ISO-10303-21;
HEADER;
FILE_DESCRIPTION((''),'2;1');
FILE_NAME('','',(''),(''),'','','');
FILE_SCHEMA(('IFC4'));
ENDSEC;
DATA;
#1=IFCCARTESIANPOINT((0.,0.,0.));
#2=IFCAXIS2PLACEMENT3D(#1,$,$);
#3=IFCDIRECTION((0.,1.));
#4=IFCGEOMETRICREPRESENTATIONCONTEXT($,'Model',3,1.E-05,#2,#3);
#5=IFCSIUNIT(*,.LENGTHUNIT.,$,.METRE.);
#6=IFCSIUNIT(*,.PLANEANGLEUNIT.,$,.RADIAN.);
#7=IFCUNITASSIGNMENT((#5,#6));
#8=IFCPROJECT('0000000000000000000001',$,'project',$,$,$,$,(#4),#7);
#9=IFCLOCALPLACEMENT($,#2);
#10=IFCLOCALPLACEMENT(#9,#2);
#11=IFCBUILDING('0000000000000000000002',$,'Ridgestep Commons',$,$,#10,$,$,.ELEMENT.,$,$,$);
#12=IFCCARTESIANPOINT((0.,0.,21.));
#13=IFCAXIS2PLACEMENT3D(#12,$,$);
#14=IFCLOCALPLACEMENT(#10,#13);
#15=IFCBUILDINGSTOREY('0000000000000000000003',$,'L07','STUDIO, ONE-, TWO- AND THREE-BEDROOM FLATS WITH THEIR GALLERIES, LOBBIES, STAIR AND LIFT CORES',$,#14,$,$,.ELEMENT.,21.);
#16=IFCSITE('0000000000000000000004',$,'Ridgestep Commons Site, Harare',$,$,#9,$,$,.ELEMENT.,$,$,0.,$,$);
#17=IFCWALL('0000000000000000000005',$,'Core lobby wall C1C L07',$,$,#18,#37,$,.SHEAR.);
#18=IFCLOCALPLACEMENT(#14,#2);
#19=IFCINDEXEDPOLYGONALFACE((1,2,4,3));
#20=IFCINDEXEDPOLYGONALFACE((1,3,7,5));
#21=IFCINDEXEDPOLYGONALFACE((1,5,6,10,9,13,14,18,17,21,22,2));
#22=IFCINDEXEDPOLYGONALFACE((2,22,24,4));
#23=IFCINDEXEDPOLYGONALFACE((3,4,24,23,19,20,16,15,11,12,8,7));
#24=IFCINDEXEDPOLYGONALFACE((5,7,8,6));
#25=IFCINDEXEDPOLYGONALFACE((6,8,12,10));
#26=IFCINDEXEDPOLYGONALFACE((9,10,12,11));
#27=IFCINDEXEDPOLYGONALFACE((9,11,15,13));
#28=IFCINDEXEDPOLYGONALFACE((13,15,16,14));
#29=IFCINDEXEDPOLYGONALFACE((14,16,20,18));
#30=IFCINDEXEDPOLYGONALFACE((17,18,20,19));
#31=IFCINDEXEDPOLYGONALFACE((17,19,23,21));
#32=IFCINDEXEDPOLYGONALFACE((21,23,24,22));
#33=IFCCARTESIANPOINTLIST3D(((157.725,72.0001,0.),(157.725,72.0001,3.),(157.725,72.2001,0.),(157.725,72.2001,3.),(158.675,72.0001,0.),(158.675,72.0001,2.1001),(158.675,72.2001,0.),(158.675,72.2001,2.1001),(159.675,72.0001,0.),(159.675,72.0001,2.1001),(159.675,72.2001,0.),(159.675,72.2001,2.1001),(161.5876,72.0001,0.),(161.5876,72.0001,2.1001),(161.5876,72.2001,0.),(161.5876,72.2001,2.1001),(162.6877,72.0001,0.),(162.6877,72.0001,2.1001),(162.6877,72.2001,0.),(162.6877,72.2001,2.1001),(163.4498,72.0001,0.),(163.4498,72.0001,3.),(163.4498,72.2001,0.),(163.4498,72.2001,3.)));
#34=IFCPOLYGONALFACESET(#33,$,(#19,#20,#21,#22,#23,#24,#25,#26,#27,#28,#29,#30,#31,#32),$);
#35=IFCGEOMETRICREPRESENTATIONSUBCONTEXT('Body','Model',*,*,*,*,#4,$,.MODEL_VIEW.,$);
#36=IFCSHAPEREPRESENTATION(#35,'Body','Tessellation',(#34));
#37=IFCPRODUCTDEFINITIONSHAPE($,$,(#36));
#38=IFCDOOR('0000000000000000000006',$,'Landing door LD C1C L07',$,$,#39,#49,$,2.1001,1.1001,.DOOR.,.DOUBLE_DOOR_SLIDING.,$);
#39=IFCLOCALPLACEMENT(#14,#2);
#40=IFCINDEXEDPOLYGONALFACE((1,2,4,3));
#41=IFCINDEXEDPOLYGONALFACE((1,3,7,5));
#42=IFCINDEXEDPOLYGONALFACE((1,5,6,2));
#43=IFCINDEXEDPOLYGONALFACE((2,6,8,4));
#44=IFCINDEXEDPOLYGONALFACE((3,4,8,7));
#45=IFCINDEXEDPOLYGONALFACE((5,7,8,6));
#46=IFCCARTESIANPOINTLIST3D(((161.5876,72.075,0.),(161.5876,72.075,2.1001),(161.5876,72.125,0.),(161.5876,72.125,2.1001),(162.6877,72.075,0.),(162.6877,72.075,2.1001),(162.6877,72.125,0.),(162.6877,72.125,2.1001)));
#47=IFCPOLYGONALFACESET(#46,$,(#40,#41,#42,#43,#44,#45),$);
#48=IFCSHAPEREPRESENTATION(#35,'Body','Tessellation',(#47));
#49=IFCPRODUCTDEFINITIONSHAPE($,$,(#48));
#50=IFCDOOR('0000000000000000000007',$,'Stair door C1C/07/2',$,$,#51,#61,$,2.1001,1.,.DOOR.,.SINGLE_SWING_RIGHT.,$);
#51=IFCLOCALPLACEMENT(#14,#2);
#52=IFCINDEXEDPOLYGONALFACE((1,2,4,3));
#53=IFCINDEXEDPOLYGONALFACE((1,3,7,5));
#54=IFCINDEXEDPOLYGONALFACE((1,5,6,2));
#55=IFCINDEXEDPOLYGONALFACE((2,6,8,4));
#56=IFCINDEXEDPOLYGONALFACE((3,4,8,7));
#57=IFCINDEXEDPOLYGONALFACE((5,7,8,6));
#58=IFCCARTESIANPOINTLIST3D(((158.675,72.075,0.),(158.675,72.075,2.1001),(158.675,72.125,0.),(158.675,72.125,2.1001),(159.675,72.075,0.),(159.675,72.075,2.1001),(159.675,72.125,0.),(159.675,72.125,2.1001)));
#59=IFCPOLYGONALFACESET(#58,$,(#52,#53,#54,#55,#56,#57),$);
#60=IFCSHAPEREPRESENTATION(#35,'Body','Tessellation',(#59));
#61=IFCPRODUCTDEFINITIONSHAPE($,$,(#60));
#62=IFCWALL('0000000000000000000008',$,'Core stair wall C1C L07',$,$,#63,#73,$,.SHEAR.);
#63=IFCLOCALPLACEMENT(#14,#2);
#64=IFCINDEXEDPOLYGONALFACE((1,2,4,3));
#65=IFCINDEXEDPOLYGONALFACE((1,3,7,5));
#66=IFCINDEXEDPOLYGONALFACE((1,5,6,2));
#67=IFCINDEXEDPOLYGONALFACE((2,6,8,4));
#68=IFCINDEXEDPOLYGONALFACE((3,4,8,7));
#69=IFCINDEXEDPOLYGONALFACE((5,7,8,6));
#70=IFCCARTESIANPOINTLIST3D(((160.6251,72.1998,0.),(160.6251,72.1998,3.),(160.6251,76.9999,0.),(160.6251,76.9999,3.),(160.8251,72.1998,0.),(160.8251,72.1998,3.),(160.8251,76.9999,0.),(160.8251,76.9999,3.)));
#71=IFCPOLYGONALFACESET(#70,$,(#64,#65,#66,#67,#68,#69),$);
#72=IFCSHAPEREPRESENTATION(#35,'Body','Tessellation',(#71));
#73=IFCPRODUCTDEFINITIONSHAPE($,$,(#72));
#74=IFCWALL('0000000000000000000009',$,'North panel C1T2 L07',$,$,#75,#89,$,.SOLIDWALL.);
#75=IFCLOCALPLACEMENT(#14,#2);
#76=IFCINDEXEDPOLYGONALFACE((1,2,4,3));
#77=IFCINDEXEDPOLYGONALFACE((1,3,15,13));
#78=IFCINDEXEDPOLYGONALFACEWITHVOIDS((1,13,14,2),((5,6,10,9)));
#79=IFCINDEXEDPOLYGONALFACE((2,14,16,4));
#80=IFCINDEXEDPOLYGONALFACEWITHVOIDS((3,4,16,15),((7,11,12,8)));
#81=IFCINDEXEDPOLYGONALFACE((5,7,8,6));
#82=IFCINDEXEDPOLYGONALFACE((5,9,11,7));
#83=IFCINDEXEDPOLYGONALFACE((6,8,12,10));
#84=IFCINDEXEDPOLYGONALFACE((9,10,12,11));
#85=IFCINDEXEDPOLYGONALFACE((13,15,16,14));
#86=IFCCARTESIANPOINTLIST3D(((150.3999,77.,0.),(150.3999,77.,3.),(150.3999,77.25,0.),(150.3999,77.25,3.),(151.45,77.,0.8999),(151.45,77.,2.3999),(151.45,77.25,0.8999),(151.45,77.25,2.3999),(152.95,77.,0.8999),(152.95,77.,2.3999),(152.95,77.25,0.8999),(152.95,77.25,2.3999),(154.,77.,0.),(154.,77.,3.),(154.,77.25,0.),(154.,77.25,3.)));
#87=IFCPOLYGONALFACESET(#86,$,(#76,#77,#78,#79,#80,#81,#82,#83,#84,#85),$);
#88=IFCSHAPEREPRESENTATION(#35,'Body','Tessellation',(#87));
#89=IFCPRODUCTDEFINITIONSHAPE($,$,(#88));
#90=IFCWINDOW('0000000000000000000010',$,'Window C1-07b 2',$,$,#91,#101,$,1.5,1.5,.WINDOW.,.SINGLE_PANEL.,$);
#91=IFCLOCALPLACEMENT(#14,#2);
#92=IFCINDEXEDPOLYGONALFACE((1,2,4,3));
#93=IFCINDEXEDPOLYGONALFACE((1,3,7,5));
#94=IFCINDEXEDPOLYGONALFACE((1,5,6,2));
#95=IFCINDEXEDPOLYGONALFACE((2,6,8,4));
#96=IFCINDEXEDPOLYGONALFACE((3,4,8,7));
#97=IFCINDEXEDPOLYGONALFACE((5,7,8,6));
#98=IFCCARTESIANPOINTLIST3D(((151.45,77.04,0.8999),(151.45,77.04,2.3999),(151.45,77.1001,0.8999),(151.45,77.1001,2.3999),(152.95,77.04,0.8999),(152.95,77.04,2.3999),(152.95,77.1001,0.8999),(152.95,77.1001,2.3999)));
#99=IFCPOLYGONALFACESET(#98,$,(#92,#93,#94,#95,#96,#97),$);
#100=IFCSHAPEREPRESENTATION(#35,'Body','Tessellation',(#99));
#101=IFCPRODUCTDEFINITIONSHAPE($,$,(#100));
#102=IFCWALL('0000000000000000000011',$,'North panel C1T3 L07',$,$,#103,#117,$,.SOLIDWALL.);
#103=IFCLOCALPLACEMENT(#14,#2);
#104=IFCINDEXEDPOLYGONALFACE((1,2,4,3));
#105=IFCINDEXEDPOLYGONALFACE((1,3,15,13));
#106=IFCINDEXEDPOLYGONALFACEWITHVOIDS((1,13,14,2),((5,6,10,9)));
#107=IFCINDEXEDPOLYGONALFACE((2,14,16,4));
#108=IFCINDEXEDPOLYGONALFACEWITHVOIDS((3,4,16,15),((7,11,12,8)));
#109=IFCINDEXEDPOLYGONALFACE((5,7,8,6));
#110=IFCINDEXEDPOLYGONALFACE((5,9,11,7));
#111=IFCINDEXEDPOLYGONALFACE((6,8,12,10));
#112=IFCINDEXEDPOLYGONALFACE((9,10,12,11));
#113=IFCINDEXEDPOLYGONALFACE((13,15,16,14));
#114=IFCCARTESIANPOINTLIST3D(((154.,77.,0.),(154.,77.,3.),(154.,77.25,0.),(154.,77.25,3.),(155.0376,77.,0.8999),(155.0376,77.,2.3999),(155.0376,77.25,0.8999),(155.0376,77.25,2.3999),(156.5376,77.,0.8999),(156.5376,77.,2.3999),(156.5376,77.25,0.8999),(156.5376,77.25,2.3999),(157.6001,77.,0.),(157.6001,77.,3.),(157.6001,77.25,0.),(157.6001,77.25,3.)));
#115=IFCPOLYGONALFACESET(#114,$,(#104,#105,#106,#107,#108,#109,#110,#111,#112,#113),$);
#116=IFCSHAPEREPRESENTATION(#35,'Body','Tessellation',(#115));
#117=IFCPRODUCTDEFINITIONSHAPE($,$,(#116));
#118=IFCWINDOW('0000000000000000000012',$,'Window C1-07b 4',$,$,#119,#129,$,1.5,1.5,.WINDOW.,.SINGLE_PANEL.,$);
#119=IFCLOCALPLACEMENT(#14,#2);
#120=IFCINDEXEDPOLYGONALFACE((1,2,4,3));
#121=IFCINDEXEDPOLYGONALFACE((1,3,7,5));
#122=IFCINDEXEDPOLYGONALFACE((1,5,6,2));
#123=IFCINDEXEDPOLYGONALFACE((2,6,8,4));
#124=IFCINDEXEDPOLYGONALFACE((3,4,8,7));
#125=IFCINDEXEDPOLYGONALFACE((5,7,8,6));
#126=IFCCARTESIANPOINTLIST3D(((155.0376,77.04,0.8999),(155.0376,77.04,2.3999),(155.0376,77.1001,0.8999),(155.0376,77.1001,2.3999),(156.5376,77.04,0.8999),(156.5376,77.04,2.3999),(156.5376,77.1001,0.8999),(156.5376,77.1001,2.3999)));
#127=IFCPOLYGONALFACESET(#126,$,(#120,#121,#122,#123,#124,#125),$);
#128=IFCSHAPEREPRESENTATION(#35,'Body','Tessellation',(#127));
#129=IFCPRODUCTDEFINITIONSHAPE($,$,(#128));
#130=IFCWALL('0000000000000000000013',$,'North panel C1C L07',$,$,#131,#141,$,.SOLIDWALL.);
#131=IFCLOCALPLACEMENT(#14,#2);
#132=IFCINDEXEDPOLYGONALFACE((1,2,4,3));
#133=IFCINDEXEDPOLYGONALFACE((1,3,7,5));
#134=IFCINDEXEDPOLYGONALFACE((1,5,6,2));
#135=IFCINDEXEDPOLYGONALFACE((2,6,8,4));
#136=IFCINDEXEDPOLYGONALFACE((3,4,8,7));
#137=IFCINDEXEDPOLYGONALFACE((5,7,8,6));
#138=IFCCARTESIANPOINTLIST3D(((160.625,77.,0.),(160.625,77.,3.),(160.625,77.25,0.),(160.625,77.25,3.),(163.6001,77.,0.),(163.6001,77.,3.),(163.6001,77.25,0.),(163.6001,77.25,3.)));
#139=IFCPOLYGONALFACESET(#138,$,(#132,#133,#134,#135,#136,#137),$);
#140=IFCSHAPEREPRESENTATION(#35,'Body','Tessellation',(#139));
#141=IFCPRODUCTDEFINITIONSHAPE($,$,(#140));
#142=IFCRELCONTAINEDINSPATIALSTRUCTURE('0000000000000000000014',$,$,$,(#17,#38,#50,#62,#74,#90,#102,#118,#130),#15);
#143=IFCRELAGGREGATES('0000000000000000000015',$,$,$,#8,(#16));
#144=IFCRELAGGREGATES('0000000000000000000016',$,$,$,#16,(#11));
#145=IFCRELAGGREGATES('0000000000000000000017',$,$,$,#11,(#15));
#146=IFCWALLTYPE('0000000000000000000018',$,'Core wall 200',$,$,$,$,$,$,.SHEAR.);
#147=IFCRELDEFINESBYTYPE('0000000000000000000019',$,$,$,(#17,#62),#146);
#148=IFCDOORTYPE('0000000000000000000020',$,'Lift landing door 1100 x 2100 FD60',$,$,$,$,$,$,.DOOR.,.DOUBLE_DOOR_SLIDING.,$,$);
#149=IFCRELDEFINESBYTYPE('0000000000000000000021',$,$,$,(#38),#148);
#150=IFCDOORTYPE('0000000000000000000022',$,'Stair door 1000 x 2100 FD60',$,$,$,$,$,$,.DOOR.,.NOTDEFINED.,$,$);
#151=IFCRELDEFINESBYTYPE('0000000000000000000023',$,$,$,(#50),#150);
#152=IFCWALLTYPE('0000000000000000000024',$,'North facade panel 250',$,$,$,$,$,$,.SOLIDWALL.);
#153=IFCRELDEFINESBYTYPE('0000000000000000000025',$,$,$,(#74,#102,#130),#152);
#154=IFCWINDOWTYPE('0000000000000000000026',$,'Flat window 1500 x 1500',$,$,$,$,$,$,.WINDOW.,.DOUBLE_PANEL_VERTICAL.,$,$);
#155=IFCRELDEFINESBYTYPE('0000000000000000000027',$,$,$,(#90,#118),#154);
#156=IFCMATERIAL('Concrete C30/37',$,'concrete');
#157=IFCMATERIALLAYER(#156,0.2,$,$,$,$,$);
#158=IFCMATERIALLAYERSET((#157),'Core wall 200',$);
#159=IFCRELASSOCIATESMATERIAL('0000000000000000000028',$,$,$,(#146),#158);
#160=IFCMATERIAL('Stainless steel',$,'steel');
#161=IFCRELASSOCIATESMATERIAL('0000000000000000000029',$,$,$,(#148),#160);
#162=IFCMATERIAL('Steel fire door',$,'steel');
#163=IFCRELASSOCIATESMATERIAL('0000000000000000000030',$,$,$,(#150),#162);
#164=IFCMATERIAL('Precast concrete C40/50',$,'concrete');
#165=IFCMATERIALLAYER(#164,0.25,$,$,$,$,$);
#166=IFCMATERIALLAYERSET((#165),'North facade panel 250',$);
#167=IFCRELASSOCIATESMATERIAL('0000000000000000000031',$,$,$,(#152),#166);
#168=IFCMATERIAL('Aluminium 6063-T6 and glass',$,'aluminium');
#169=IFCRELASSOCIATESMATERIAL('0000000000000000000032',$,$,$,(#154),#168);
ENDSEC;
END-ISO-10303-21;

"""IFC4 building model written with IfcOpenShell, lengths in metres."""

from ifc_helpers import new_model, si_unit, direction, frame, frame_2d, origin, place, context, subcontext, project, spatial, rectangle, extrude, material, layer, layer_set, type_object, element, fill, save


model = new_model("IFC4")

# Units and contexts
model_context = context("Model", 3, precision=1e-05, world=origin(), true_north=direction((0.0, 1.0)))
body_context = subcontext(model_context, "Body", "Model", "MODEL_VIEW")
ifc_project = project(units=[si_unit("LENGTHUNIT", "METRE"), si_unit("PLANEANGLEUNIT", "RADIAN")], contexts=[model_context])

# Site, building, storey
site_placement = place(None, origin())
site = spatial("IfcSite", under=ifc_project, at=site_placement, Name="Ridgestep Commons Site, Harare", CompositionType="ELEMENT", RefElevation=0.0)
building_placement = place(site_placement, origin())
building = spatial("IfcBuilding", under=site, at=building_placement, Name="Ridgestep Commons", CompositionType="ELEMENT")
storey_placement = place(building_placement, frame((0.0, 0.0, 21.0)))
storey = spatial("IfcBuildingStorey", under=building, at=storey_placement, Name="L07", Description="STUDIO, ONE-, TWO- AND THREE-BEDROOM FLATS WITH THEIR GALLERIES, LOBBIES, STAIR AND LIFT CORES", CompositionType="ELEMENT", Elevation=21.0)

# Wall, openings, doors
ifc_material_1 = material(Name="Concrete C30/37", Category="concrete")
ifc_layer_1 = layer(ifc_material_1, 0.2)
ifc_layer_set_1 = layer_set([ifc_layer_1], Name="Core wall 200")
wall_type_1 = type_object("IfcWallType", Name="Core wall 200", PredefinedType="SHEAR", material=ifc_layer_set_1)
wall_1_placement = place(storey_placement, frame((157.7251, 72.1001, 0.0), z_axis=(0.0, 0.0, 1.0), x_axis=(1.0, 0.0, 0.0)))
wall_1 = element("IfcWall", 1, at=wall_1_placement, inside=storey, type_object=wall_type_1, Name="Core lobby wall C1C L07", PredefinedType="SHEAR", context=body_context, shape_type="SweptSolid", body=[
    extrude(rectangle(XDim=5.7249, YDim=0.2, at=frame_2d((2.8623, 0.0))), origin(), (0.0, 0.0, 1.0), 3.0),
])
opening_1_placement = place(wall_1_placement, frame((0.95, 0.0, 0.0)))
opening_1 = element("IfcOpeningElement", 2, at=opening_1_placement, cuts=wall_1, PredefinedType="OPENING", context=body_context, shape_type="SweptSolid", body=[
    extrude(rectangle(XDim=1.0, YDim=2.1001, at=frame_2d((0.5, 1.05))), frame((0.0, 0.1099, 0.0), z_axis=(0.0, -1.0, 0.0), x_axis=(1.0, 0.0, 0.0)), (0.0, 0.0, 1.0), 0.22),
])
opening_2_placement = place(wall_1_placement, frame((3.8625, 0.0, 0.0)))
opening_2 = element("IfcOpeningElement", 3, at=opening_2_placement, cuts=wall_1, PredefinedType="OPENING", context=body_context, shape_type="SweptSolid", body=[
    extrude(rectangle(XDim=1.1001, YDim=2.1001, at=frame_2d((0.55, 1.05))), frame((0.0, 0.1099, 0.0), z_axis=(0.0, -1.0, 0.0), x_axis=(1.0, 0.0, 0.0)), (0.0, 0.0, 1.0), 0.22),
])
ifc_material_2 = material(Name="Stainless steel", Category="steel")
door_type_1 = type_object("IfcDoorType", Name="Lift landing door 1100 x 2100 FD60", OperationType="DOUBLE_DOOR_SLIDING", PredefinedType="DOOR", material=ifc_material_2)
door_1_placement = place(opening_2_placement, origin())
door_1 = element("IfcDoor", 4, at=door_1_placement, inside=storey, type_object=door_type_1, Name="Landing door LD C1C L07", OperationType="DOUBLE_DOOR_SLIDING", OverallHeight=2.1001, OverallWidth=1.1001, PredefinedType="DOOR", context=body_context, shape_type="SweptSolid", body=[
    extrude(rectangle(XDim=1.1001, YDim=2.1001, at=frame_2d((0.55, 1.05))), frame((0.0, 0.0249, 0.0), z_axis=(0.0, -1.0, 0.0), x_axis=(1.0, 0.0, 0.0)), (0.0, 0.0, 1.0), 0.05),
])
fill(opening_2, door_1)
ifc_material_3 = material(Name="Steel fire door", Category="steel")
door_type_2 = type_object("IfcDoorType", Name="Stair door 1000 x 2100 FD60", OperationType="NOTDEFINED", PredefinedType="DOOR", material=ifc_material_3)
door_2_placement = place(opening_1_placement, origin())
door_2 = element("IfcDoor", 5, at=door_2_placement, inside=storey, type_object=door_type_2, Name="Stair door C1C/07/2", OperationType="SINGLE_SWING_RIGHT", OverallHeight=2.1001, OverallWidth=1.0, PredefinedType="DOOR", context=body_context, shape_type="SweptSolid", body=[
    extrude(rectangle(XDim=1.0, YDim=2.1001, at=frame_2d((0.5, 1.05))), frame((0.0, 0.0249, 0.0), z_axis=(0.0, -1.0, 0.0), x_axis=(1.0, 0.0, 0.0)), (0.0, 0.0, 1.0), 0.05),
])
fill(opening_1, door_2)

# Wall
wall_2_placement = place(storey_placement, frame((160.7251, 72.2, 0.0), z_axis=(0.0, 0.0, 1.0), x_axis=(0.0, 1.0, 0.0)))
element("IfcWall", 6, at=wall_2_placement, inside=storey, type_object=wall_type_1, Name="Core stair wall C1C L07", PredefinedType="SHEAR", context=body_context, shape_type="SweptSolid", body=[
    extrude(rectangle(XDim=4.8, YDim=0.2, at=frame_2d((2.3999, 0.0))), origin(), (0.0, 0.0, 1.0), 3.0),
])

# Walls, openings, windows
ifc_material_4 = material(Name="Precast concrete C40/50", Category="concrete")
ifc_layer_2 = layer(ifc_material_4, 0.25)
ifc_layer_set_2 = layer_set([ifc_layer_2], Name="North facade panel 250")
wall_type_2 = type_object("IfcWallType", Name="North facade panel 250", PredefinedType="SOLIDWALL", material=ifc_layer_set_2)
wall_3_placement = place(storey_placement, frame((150.3999, 77.125, 0.0), z_axis=(0.0, 0.0, 1.0), x_axis=(1.0, 0.0, 0.0)))
wall_3 = element("IfcWall", 7, at=wall_3_placement, inside=storey, type_object=wall_type_2, Name="North panel C1T2 L07", PredefinedType="SOLIDWALL", context=body_context, shape_type="SweptSolid", body=[
    extrude(rectangle(XDim=3.6001, YDim=0.25, at=frame_2d((1.8, 0.0))), origin(), (0.0, 0.0, 1.0), 3.0),
])
opening_3_placement = place(wall_3_placement, frame((1.05, 0.0, 0.8999)))
opening_3 = element("IfcOpeningElement", 8, at=opening_3_placement, cuts=wall_3, PredefinedType="OPENING", context=body_context, shape_type="SweptSolid", body=[
    extrude(rectangle(XDim=1.5, YDim=1.5, at=frame_2d((0.75, 0.75))), frame((0.0, 0.135, 0.0), z_axis=(0.0, -1.0, 0.0), x_axis=(1.0, 0.0, 0.0)), (0.0, 0.0, 1.0), 0.27),
])
ifc_material_5 = material(Name="Aluminium 6063-T6 and glass", Category="aluminium")
window_type = type_object("IfcWindowType", Name="Flat window 1500 x 1500", PartitioningType="DOUBLE_PANEL_VERTICAL", PredefinedType="WINDOW", material=ifc_material_5)
window_1_placement = place(opening_3_placement, origin())
window_1 = element("IfcWindow", 9, at=window_1_placement, inside=storey, type_object=window_type, Name="Window C1-07b 2", OverallHeight=1.5, OverallWidth=1.5, PartitioningType="SINGLE_PANEL", PredefinedType="WINDOW", context=body_context, shape_type="SweptSolid", body=[
    extrude(rectangle(XDim=1.5, YDim=1.5, at=frame_2d((0.75, 0.75))), frame((0.0, -0.0249, 0.0), z_axis=(0.0, -1.0, 0.0), x_axis=(1.0, 0.0, 0.0)), (0.0, 0.0, 1.0), 0.0601),
])
fill(opening_3, window_1)
wall_4_placement = place(storey_placement, frame((154.0, 77.125, 0.0), z_axis=(0.0, 0.0, 1.0), x_axis=(1.0, 0.0, 0.0)))
wall_4 = element("IfcWall", 10, at=wall_4_placement, inside=storey, type_object=wall_type_2, Name="North panel C1T3 L07", PredefinedType="SOLIDWALL", context=body_context, shape_type="SweptSolid", body=[
    extrude(rectangle(XDim=3.6001, YDim=0.25, at=frame_2d((1.8, 0.0))), origin(), (0.0, 0.0, 1.0), 3.0),
])
opening_4_placement = place(wall_4_placement, frame((1.0376, 0.0, 0.8999)))
opening_4 = element("IfcOpeningElement", 11, at=opening_4_placement, cuts=wall_4, PredefinedType="OPENING", context=body_context, shape_type="SweptSolid", body=[
    extrude(rectangle(XDim=1.5, YDim=1.5, at=frame_2d((0.75, 0.75))), frame((0.0, 0.135, 0.0), z_axis=(0.0, -1.0, 0.0), x_axis=(1.0, 0.0, 0.0)), (0.0, 0.0, 1.0), 0.27),
])
window_2_placement = place(opening_4_placement, origin())
window_2 = element("IfcWindow", 12, at=window_2_placement, inside=storey, type_object=window_type, Name="Window C1-07b 4", OverallHeight=1.5, OverallWidth=1.5, PartitioningType="SINGLE_PANEL", PredefinedType="WINDOW", context=body_context, shape_type="SweptSolid", body=[
    extrude(rectangle(XDim=1.5, YDim=1.5, at=frame_2d((0.75, 0.75))), frame((0.0, -0.0249, 0.0), z_axis=(0.0, -1.0, 0.0), x_axis=(1.0, 0.0, 0.0)), (0.0, 0.0, 1.0), 0.0601),
])
fill(opening_4, window_2)

# Wall
wall_5_placement = place(storey_placement, frame((160.625, 77.125, 0.0), z_axis=(0.0, 0.0, 1.0), x_axis=(1.0, 0.0, 0.0)))
element("IfcWall", 13, at=wall_5_placement, inside=storey, type_object=wall_type_2, Name="North panel C1C L07", PredefinedType="SOLIDWALL", context=body_context, shape_type="SweptSolid", body=[
    extrude(rectangle(XDim=2.9751, YDim=0.25, at=frame_2d((1.4875, 0.0))), origin(), (0.0, 0.0, 1.0), 3.0),
])

save(model, "model.ifc")
